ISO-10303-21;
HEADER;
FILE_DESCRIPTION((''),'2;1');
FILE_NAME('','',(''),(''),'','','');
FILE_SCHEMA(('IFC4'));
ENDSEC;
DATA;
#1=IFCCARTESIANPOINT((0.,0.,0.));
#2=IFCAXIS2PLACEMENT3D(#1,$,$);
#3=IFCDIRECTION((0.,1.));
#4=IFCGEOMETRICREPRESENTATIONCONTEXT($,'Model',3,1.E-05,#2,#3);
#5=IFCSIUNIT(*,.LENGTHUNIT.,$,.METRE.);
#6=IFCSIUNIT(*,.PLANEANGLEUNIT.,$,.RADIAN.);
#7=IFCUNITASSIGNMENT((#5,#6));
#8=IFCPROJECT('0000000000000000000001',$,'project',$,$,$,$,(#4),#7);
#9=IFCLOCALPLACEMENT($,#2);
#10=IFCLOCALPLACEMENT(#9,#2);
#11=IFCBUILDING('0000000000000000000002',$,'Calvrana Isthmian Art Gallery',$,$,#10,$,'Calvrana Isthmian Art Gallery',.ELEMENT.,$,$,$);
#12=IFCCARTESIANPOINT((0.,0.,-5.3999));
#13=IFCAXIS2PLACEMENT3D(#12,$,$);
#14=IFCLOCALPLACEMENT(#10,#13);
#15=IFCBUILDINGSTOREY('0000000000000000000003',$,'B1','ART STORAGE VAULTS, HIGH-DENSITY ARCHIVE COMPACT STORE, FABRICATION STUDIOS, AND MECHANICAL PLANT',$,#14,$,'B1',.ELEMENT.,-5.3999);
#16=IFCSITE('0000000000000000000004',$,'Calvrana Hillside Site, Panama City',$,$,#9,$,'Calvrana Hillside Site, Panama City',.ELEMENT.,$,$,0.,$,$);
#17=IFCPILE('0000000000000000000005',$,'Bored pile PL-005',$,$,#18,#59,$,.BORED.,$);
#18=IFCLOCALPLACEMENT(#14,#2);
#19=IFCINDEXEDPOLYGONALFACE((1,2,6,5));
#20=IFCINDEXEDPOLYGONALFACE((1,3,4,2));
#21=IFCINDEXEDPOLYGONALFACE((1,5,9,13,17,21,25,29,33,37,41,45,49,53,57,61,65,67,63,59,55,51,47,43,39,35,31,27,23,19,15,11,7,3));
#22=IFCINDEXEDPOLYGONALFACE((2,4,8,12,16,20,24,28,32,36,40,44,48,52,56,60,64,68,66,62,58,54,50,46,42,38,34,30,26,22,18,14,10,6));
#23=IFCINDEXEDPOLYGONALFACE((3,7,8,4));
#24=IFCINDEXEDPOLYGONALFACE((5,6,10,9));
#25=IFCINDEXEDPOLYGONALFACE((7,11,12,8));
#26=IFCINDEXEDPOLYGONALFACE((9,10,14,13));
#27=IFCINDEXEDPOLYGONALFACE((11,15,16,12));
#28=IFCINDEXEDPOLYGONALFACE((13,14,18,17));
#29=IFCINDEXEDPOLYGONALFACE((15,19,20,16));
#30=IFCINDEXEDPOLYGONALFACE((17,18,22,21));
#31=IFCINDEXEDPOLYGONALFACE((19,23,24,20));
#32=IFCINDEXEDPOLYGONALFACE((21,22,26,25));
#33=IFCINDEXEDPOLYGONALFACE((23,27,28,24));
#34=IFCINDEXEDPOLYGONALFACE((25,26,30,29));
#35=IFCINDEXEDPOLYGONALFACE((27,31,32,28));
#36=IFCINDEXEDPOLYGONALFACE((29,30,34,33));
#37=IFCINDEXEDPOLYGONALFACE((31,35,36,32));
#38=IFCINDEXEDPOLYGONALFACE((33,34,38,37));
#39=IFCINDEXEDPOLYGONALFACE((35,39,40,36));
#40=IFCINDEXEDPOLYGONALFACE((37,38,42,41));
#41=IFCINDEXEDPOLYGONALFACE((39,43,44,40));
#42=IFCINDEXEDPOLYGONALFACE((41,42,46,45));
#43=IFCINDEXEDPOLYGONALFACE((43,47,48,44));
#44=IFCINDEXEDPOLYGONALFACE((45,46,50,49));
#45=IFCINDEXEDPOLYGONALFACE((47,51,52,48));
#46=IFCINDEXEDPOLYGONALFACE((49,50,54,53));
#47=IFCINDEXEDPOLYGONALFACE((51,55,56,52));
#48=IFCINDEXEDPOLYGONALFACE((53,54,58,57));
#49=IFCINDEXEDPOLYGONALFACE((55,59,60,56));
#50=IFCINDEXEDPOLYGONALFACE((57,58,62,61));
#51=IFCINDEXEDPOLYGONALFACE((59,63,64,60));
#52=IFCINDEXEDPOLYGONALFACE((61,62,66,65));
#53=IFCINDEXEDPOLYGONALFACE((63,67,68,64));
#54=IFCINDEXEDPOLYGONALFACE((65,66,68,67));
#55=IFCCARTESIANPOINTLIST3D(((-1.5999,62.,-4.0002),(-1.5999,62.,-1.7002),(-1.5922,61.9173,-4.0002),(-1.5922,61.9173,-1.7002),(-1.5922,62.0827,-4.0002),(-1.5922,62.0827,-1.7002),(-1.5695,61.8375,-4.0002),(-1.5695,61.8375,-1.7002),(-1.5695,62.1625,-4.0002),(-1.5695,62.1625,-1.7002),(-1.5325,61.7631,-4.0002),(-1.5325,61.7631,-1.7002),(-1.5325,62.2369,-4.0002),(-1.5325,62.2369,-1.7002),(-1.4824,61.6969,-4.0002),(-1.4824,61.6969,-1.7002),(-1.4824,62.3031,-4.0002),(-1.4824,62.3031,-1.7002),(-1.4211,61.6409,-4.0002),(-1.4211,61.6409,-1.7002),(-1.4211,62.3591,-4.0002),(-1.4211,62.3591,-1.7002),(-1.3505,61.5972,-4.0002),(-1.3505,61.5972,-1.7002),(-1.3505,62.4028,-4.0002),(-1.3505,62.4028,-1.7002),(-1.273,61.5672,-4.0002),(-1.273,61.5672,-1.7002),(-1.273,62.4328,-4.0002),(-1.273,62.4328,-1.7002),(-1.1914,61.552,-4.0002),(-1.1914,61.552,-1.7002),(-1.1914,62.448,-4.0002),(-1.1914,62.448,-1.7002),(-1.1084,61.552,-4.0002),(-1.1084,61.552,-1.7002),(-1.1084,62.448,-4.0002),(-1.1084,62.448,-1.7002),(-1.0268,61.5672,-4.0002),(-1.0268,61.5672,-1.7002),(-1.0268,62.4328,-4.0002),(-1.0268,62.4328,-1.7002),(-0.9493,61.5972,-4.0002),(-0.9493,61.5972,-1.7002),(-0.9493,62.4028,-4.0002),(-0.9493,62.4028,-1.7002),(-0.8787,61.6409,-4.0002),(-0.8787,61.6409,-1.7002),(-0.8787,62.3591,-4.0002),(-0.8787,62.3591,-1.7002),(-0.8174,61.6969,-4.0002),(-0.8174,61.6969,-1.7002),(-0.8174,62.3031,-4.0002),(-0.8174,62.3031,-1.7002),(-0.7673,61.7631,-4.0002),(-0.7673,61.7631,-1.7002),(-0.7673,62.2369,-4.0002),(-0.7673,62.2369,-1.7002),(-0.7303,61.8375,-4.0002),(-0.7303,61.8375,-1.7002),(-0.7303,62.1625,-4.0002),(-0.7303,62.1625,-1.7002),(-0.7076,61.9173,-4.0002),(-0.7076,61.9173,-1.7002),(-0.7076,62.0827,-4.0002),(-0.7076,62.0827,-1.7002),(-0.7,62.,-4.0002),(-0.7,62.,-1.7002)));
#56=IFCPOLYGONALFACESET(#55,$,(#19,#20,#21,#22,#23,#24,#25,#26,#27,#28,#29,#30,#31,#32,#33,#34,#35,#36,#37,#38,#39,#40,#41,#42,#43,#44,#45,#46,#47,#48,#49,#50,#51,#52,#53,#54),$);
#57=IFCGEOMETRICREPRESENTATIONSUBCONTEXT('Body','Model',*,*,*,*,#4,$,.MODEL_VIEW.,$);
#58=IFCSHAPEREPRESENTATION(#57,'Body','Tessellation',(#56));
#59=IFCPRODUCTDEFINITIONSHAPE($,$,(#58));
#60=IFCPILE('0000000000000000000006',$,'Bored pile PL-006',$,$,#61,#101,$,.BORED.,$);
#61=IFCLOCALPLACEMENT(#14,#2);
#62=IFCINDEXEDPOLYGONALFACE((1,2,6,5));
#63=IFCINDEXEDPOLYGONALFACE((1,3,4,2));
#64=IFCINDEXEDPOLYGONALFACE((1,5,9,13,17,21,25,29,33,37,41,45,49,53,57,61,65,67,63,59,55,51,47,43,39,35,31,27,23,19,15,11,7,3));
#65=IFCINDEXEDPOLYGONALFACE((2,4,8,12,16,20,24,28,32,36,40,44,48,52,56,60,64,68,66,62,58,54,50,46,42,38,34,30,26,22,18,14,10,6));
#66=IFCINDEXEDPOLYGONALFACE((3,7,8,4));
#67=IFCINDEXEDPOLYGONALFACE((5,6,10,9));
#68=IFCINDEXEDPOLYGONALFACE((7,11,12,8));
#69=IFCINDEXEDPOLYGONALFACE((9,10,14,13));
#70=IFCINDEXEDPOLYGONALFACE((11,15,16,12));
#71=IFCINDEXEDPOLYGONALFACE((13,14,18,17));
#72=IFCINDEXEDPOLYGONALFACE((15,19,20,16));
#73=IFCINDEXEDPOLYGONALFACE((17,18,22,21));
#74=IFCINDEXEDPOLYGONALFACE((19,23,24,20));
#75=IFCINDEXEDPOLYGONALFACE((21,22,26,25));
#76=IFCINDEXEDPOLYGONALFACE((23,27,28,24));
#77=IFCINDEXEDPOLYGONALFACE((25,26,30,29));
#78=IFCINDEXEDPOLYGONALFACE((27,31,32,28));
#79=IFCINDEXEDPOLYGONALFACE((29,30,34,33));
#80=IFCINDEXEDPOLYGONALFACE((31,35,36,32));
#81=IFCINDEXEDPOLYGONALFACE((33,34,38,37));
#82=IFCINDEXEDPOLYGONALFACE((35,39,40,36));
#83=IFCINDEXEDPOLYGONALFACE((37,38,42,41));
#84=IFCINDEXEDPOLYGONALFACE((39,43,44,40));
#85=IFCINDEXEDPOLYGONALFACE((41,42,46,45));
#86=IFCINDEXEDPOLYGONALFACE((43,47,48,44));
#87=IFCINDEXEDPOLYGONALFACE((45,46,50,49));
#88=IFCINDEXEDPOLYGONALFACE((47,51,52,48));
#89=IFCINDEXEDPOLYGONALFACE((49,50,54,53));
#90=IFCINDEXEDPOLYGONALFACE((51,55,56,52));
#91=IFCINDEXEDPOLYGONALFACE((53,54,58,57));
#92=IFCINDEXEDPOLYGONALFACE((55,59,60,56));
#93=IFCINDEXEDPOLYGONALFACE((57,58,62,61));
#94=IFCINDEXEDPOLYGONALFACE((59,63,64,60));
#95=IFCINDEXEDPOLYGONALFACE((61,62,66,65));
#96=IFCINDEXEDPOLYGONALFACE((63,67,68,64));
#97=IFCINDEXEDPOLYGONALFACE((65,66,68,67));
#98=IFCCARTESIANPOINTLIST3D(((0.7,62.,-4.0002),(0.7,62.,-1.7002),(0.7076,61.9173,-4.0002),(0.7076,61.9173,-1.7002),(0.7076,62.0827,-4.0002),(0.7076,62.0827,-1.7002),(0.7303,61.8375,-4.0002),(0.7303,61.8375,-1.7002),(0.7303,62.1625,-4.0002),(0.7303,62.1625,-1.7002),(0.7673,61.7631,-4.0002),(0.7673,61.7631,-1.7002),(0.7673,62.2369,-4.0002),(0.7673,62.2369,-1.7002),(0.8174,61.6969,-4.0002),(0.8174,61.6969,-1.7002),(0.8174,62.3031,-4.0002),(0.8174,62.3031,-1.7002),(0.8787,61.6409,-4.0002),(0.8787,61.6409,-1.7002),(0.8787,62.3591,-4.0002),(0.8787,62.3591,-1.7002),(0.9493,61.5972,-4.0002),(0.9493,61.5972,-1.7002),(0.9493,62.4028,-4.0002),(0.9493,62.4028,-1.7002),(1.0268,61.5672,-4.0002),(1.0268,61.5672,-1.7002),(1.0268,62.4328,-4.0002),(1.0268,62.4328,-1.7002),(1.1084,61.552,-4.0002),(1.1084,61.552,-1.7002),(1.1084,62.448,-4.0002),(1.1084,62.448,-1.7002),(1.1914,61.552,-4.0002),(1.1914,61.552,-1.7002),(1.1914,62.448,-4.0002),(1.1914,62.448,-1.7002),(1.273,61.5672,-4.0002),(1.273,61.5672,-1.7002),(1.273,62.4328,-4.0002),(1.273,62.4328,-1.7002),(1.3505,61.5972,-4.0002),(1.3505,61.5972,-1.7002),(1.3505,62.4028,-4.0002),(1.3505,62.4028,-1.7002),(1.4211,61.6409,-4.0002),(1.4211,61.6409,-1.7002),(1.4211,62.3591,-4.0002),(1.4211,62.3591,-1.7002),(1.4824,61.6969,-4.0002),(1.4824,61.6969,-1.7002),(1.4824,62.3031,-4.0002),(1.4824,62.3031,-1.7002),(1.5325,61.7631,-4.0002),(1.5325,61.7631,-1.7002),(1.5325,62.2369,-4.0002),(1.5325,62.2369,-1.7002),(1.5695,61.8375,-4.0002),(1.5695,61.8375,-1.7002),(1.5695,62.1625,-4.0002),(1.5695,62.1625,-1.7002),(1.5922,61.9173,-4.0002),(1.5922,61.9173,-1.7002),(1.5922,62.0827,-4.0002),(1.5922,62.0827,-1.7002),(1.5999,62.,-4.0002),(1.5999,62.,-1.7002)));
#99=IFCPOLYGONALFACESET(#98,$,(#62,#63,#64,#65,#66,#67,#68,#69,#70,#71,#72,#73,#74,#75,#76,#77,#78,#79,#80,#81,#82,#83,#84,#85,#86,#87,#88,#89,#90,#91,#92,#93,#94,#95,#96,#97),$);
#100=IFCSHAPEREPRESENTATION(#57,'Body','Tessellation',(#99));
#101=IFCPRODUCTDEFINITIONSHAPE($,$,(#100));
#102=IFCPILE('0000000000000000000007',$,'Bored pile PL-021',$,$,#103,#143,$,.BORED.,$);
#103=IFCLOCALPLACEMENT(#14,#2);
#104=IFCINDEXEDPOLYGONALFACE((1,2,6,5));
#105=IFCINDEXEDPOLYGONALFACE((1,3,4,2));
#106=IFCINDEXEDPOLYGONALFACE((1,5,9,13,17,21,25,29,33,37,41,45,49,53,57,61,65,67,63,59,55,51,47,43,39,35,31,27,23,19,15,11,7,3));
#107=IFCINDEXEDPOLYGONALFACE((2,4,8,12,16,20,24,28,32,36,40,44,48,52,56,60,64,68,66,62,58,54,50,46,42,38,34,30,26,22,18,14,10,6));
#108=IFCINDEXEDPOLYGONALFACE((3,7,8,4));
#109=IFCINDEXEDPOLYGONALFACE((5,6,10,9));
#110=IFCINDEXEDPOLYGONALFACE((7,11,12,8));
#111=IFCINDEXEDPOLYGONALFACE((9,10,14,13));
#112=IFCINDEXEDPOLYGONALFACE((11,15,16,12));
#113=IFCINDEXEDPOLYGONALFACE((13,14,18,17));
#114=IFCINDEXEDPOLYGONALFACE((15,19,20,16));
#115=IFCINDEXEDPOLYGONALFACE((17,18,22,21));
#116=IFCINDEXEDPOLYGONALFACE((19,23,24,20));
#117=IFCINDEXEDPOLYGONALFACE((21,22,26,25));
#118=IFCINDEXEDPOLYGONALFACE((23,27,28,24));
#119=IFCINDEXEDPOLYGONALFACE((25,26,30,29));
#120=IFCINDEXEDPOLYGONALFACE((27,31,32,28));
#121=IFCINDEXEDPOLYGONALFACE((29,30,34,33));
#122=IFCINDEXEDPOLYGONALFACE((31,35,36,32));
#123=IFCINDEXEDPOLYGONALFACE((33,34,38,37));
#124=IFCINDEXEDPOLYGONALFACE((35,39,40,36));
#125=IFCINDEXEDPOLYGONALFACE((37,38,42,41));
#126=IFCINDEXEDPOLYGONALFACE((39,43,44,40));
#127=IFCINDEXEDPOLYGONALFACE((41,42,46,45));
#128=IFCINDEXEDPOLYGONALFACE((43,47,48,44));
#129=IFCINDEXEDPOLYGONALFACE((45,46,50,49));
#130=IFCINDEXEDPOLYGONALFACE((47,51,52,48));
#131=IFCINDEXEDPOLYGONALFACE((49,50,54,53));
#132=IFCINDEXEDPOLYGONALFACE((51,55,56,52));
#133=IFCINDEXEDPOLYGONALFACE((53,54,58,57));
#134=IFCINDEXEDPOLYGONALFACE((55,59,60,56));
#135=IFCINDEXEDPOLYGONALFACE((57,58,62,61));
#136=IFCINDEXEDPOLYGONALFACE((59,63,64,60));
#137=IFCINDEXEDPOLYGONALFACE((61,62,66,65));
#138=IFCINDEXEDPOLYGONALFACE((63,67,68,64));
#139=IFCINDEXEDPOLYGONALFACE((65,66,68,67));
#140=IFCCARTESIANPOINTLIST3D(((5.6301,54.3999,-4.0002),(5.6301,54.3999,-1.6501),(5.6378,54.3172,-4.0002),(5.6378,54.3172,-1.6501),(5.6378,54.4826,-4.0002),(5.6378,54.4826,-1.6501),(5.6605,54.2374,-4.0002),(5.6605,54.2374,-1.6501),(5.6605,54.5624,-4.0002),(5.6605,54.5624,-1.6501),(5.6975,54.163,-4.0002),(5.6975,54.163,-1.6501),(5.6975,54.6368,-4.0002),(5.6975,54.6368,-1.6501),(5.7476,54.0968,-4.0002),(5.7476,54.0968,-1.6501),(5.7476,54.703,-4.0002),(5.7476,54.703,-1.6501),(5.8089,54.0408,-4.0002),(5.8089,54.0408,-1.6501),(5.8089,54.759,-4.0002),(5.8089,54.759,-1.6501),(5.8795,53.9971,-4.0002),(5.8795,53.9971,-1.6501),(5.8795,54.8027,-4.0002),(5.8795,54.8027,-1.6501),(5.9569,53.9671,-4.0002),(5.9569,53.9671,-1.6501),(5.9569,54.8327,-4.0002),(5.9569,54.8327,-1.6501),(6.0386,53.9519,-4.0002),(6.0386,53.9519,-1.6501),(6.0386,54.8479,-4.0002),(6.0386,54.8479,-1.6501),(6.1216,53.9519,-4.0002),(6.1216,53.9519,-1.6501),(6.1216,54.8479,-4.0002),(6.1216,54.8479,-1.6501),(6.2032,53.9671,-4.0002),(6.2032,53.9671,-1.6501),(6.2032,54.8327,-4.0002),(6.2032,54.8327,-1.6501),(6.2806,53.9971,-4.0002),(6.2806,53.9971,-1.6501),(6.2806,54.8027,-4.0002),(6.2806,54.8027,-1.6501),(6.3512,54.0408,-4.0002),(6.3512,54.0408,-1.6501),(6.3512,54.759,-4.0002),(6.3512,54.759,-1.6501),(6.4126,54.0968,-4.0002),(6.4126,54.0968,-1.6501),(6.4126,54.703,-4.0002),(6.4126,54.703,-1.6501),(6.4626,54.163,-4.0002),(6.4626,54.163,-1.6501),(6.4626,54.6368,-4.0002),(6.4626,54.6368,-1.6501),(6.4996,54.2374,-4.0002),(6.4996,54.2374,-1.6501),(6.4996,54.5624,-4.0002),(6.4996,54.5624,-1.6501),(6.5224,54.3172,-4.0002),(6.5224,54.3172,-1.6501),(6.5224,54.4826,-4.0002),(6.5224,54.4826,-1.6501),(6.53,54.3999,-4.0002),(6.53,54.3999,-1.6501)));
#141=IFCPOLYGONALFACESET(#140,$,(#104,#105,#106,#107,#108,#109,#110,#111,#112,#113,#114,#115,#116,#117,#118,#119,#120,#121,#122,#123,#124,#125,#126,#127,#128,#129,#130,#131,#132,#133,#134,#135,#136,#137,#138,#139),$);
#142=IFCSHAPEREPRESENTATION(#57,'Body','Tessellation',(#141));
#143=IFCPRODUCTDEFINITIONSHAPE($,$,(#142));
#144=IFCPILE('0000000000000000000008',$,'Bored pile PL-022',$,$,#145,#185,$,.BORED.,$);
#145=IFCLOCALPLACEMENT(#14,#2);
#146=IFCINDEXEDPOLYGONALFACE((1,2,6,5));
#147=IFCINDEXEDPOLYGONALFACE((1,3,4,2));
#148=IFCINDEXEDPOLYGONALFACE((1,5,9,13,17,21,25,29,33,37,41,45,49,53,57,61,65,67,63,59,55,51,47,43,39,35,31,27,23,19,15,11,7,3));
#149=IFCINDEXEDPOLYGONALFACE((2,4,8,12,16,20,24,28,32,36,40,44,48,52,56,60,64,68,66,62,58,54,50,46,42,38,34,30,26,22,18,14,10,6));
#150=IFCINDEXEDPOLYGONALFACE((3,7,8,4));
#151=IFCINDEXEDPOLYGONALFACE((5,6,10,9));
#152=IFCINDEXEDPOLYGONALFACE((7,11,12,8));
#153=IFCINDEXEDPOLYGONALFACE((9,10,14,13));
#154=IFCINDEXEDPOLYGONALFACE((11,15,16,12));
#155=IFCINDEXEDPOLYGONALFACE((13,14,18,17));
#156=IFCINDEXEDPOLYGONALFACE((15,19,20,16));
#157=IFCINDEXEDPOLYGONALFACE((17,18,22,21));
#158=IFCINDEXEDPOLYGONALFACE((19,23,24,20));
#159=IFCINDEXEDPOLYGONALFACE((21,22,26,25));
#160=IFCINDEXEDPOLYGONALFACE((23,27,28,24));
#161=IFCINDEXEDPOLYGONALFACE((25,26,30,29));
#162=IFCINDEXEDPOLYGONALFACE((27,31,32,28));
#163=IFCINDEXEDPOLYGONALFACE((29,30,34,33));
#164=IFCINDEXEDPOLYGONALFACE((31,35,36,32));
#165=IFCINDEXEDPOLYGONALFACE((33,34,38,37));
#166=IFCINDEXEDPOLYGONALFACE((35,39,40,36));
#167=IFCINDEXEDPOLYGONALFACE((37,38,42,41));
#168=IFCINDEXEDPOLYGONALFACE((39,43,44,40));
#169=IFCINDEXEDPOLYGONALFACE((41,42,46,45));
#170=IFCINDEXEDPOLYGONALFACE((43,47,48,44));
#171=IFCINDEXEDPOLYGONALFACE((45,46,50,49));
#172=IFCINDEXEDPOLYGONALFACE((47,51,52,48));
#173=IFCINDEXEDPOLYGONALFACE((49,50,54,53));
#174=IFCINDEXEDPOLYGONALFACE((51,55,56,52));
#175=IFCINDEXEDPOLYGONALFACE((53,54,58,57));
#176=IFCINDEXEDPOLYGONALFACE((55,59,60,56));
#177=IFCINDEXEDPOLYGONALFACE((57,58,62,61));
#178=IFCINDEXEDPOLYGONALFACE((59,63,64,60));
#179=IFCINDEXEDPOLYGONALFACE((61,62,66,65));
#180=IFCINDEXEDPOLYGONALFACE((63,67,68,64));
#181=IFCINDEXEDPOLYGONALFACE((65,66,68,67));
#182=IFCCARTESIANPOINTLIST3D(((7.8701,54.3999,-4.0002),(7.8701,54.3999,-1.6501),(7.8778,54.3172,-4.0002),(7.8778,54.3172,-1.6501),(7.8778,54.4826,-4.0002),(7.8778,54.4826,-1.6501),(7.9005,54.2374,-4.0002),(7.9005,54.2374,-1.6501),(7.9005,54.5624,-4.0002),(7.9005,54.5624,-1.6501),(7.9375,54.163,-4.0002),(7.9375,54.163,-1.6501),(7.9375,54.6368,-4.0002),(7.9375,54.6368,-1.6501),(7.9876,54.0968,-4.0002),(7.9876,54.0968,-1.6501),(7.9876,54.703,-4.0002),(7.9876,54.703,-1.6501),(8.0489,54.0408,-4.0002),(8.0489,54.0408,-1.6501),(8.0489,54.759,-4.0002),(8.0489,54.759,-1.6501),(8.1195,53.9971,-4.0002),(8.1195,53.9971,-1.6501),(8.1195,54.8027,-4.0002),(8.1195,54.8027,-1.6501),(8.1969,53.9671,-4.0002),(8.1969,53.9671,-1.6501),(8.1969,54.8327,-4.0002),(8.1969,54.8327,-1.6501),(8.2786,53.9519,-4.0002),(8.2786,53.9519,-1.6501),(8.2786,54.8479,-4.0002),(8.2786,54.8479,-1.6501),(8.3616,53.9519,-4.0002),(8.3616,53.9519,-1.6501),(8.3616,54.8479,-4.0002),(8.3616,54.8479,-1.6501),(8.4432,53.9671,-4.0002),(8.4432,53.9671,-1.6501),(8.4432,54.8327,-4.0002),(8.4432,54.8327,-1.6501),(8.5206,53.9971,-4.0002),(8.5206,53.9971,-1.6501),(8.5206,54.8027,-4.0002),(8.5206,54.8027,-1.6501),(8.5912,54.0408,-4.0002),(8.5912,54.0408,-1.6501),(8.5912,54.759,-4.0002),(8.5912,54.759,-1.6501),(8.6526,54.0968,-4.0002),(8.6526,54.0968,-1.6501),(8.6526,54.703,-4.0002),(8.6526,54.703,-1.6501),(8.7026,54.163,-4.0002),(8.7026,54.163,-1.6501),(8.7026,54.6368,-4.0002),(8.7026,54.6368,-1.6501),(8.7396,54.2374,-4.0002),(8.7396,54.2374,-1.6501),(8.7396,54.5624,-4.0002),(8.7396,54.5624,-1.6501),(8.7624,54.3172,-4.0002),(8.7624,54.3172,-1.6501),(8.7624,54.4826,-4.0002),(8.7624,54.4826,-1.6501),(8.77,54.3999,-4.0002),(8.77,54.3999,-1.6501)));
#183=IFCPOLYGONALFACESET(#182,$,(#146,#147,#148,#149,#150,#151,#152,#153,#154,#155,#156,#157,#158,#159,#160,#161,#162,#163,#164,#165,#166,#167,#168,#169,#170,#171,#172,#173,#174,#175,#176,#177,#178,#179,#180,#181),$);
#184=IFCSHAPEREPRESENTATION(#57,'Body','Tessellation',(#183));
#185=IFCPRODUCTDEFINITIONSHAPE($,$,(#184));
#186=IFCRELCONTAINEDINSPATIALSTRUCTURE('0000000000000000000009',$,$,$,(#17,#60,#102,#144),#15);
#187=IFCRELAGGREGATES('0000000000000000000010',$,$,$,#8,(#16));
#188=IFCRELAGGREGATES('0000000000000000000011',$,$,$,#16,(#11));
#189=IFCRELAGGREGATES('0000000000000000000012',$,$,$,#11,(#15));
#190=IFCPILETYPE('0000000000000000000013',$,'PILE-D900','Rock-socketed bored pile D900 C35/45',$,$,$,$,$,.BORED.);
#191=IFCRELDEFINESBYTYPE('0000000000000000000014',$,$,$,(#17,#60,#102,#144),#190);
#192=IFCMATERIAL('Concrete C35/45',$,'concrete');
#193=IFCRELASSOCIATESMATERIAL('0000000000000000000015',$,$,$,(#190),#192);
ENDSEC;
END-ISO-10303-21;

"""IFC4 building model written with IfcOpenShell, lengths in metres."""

from ifc_helpers import new_model, si_unit, direction, frame, origin, origin_2d, place, context, subcontext, project, spatial, circle, extrude, material, material_profile, profile_set, type_object, element, save


model = new_model("IFC4")

# Units and contexts
model_context = context("Model", 3, precision=1e-05, world=origin(), true_north=direction((0.0, 1.0)))
body_context = subcontext(model_context, "Body", "Model", "MODEL_VIEW")
ifc_project = project(units=[si_unit("LENGTHUNIT", "METRE"), si_unit("PLANEANGLEUNIT", "RADIAN")], contexts=[model_context])

# Site, building, storey
site_placement = place(None, origin())
site = spatial("IfcSite", under=ifc_project, at=site_placement, Name="Calvrana Hillside Site, Panama City", LongName="Calvrana Hillside Site, Panama City", CompositionType="ELEMENT", RefElevation=0.0)
building_placement = place(site_placement, origin())
building = spatial("IfcBuilding", under=site, at=building_placement, Name="Calvrana Isthmian Art Gallery", LongName="Calvrana Isthmian Art Gallery", CompositionType="ELEMENT")
storey_placement = place(building_placement, frame((0.0, 0.0, -5.3999)))
storey = spatial("IfcBuildingStorey", under=building, at=storey_placement, Name="B1", Description="ART STORAGE VAULTS, HIGH-DENSITY ARCHIVE COMPACT STORE, FABRICATION STUDIOS, AND MECHANICAL PLANT", LongName="B1", CompositionType="ELEMENT", Elevation=-5.3999)

# Shared definitions
ifc_material_1 = material(Name="Concrete C35/45", Category="concrete")

# Piles
ifc_material_profile_1 = material_profile(ifc_material_1, circle(Radius=0.45, at=origin_2d()), Name="PILE900D")
ifc_profile_set_1 = profile_set([ifc_material_profile_1], Name="Concrete C35/45")
pile_type_1 = type_object("IfcPileType", Name="PILE-D900", Description="Rock-socketed bored pile D900 C35/45", PredefinedType="BORED", material=ifc_profile_set_1)
for number, where, z_axis, x_axis, name in (
    (1, (-1.1499, 62.0, -1.7002), (0.0, 0.0, -1.0), (1.0, 0.0, 0.0), "Bored pile PL-005"),
    (2, (1.1499, 62.0, -1.7002), (0.0, 0.0, -1.0), (1.0, 0.0, 0.0), "Bored pile PL-006"),
):
    element("IfcPile", number, at=place(storey_placement, frame(where, z_axis=z_axis, x_axis=x_axis)), inside=storey, type_object=pile_type_1, Name=name, PredefinedType="BORED", context=body_context, shape_type="SweptSolid", body=[
        extrude(circle(Radius=0.45, at=origin_2d()), origin(), (0.0, 0.0, 1.0), 2.3),
    ])
for number, where, z_axis, x_axis, name in (
    (3, (6.0801, 54.3999, -1.6501), (0.0, 0.0, -1.0), (1.0, 0.0, 0.0), "Bored pile PL-021"),
    (4, (8.3201, 54.3999, -1.6501), (0.0, 0.0, -1.0), (1.0, 0.0, 0.0), "Bored pile PL-022"),
):
    element("IfcPile", number, at=place(storey_placement, frame(where, z_axis=z_axis, x_axis=x_axis)), inside=storey, type_object=pile_type_1, Name=name, PredefinedType="BORED", context=body_context, shape_type="SweptSolid", body=[
        extrude(circle(Radius=0.45, at=origin_2d()), origin(), (0.0, 0.0, 1.0), 2.3501),
    ])

save(model, "model.ifc")
